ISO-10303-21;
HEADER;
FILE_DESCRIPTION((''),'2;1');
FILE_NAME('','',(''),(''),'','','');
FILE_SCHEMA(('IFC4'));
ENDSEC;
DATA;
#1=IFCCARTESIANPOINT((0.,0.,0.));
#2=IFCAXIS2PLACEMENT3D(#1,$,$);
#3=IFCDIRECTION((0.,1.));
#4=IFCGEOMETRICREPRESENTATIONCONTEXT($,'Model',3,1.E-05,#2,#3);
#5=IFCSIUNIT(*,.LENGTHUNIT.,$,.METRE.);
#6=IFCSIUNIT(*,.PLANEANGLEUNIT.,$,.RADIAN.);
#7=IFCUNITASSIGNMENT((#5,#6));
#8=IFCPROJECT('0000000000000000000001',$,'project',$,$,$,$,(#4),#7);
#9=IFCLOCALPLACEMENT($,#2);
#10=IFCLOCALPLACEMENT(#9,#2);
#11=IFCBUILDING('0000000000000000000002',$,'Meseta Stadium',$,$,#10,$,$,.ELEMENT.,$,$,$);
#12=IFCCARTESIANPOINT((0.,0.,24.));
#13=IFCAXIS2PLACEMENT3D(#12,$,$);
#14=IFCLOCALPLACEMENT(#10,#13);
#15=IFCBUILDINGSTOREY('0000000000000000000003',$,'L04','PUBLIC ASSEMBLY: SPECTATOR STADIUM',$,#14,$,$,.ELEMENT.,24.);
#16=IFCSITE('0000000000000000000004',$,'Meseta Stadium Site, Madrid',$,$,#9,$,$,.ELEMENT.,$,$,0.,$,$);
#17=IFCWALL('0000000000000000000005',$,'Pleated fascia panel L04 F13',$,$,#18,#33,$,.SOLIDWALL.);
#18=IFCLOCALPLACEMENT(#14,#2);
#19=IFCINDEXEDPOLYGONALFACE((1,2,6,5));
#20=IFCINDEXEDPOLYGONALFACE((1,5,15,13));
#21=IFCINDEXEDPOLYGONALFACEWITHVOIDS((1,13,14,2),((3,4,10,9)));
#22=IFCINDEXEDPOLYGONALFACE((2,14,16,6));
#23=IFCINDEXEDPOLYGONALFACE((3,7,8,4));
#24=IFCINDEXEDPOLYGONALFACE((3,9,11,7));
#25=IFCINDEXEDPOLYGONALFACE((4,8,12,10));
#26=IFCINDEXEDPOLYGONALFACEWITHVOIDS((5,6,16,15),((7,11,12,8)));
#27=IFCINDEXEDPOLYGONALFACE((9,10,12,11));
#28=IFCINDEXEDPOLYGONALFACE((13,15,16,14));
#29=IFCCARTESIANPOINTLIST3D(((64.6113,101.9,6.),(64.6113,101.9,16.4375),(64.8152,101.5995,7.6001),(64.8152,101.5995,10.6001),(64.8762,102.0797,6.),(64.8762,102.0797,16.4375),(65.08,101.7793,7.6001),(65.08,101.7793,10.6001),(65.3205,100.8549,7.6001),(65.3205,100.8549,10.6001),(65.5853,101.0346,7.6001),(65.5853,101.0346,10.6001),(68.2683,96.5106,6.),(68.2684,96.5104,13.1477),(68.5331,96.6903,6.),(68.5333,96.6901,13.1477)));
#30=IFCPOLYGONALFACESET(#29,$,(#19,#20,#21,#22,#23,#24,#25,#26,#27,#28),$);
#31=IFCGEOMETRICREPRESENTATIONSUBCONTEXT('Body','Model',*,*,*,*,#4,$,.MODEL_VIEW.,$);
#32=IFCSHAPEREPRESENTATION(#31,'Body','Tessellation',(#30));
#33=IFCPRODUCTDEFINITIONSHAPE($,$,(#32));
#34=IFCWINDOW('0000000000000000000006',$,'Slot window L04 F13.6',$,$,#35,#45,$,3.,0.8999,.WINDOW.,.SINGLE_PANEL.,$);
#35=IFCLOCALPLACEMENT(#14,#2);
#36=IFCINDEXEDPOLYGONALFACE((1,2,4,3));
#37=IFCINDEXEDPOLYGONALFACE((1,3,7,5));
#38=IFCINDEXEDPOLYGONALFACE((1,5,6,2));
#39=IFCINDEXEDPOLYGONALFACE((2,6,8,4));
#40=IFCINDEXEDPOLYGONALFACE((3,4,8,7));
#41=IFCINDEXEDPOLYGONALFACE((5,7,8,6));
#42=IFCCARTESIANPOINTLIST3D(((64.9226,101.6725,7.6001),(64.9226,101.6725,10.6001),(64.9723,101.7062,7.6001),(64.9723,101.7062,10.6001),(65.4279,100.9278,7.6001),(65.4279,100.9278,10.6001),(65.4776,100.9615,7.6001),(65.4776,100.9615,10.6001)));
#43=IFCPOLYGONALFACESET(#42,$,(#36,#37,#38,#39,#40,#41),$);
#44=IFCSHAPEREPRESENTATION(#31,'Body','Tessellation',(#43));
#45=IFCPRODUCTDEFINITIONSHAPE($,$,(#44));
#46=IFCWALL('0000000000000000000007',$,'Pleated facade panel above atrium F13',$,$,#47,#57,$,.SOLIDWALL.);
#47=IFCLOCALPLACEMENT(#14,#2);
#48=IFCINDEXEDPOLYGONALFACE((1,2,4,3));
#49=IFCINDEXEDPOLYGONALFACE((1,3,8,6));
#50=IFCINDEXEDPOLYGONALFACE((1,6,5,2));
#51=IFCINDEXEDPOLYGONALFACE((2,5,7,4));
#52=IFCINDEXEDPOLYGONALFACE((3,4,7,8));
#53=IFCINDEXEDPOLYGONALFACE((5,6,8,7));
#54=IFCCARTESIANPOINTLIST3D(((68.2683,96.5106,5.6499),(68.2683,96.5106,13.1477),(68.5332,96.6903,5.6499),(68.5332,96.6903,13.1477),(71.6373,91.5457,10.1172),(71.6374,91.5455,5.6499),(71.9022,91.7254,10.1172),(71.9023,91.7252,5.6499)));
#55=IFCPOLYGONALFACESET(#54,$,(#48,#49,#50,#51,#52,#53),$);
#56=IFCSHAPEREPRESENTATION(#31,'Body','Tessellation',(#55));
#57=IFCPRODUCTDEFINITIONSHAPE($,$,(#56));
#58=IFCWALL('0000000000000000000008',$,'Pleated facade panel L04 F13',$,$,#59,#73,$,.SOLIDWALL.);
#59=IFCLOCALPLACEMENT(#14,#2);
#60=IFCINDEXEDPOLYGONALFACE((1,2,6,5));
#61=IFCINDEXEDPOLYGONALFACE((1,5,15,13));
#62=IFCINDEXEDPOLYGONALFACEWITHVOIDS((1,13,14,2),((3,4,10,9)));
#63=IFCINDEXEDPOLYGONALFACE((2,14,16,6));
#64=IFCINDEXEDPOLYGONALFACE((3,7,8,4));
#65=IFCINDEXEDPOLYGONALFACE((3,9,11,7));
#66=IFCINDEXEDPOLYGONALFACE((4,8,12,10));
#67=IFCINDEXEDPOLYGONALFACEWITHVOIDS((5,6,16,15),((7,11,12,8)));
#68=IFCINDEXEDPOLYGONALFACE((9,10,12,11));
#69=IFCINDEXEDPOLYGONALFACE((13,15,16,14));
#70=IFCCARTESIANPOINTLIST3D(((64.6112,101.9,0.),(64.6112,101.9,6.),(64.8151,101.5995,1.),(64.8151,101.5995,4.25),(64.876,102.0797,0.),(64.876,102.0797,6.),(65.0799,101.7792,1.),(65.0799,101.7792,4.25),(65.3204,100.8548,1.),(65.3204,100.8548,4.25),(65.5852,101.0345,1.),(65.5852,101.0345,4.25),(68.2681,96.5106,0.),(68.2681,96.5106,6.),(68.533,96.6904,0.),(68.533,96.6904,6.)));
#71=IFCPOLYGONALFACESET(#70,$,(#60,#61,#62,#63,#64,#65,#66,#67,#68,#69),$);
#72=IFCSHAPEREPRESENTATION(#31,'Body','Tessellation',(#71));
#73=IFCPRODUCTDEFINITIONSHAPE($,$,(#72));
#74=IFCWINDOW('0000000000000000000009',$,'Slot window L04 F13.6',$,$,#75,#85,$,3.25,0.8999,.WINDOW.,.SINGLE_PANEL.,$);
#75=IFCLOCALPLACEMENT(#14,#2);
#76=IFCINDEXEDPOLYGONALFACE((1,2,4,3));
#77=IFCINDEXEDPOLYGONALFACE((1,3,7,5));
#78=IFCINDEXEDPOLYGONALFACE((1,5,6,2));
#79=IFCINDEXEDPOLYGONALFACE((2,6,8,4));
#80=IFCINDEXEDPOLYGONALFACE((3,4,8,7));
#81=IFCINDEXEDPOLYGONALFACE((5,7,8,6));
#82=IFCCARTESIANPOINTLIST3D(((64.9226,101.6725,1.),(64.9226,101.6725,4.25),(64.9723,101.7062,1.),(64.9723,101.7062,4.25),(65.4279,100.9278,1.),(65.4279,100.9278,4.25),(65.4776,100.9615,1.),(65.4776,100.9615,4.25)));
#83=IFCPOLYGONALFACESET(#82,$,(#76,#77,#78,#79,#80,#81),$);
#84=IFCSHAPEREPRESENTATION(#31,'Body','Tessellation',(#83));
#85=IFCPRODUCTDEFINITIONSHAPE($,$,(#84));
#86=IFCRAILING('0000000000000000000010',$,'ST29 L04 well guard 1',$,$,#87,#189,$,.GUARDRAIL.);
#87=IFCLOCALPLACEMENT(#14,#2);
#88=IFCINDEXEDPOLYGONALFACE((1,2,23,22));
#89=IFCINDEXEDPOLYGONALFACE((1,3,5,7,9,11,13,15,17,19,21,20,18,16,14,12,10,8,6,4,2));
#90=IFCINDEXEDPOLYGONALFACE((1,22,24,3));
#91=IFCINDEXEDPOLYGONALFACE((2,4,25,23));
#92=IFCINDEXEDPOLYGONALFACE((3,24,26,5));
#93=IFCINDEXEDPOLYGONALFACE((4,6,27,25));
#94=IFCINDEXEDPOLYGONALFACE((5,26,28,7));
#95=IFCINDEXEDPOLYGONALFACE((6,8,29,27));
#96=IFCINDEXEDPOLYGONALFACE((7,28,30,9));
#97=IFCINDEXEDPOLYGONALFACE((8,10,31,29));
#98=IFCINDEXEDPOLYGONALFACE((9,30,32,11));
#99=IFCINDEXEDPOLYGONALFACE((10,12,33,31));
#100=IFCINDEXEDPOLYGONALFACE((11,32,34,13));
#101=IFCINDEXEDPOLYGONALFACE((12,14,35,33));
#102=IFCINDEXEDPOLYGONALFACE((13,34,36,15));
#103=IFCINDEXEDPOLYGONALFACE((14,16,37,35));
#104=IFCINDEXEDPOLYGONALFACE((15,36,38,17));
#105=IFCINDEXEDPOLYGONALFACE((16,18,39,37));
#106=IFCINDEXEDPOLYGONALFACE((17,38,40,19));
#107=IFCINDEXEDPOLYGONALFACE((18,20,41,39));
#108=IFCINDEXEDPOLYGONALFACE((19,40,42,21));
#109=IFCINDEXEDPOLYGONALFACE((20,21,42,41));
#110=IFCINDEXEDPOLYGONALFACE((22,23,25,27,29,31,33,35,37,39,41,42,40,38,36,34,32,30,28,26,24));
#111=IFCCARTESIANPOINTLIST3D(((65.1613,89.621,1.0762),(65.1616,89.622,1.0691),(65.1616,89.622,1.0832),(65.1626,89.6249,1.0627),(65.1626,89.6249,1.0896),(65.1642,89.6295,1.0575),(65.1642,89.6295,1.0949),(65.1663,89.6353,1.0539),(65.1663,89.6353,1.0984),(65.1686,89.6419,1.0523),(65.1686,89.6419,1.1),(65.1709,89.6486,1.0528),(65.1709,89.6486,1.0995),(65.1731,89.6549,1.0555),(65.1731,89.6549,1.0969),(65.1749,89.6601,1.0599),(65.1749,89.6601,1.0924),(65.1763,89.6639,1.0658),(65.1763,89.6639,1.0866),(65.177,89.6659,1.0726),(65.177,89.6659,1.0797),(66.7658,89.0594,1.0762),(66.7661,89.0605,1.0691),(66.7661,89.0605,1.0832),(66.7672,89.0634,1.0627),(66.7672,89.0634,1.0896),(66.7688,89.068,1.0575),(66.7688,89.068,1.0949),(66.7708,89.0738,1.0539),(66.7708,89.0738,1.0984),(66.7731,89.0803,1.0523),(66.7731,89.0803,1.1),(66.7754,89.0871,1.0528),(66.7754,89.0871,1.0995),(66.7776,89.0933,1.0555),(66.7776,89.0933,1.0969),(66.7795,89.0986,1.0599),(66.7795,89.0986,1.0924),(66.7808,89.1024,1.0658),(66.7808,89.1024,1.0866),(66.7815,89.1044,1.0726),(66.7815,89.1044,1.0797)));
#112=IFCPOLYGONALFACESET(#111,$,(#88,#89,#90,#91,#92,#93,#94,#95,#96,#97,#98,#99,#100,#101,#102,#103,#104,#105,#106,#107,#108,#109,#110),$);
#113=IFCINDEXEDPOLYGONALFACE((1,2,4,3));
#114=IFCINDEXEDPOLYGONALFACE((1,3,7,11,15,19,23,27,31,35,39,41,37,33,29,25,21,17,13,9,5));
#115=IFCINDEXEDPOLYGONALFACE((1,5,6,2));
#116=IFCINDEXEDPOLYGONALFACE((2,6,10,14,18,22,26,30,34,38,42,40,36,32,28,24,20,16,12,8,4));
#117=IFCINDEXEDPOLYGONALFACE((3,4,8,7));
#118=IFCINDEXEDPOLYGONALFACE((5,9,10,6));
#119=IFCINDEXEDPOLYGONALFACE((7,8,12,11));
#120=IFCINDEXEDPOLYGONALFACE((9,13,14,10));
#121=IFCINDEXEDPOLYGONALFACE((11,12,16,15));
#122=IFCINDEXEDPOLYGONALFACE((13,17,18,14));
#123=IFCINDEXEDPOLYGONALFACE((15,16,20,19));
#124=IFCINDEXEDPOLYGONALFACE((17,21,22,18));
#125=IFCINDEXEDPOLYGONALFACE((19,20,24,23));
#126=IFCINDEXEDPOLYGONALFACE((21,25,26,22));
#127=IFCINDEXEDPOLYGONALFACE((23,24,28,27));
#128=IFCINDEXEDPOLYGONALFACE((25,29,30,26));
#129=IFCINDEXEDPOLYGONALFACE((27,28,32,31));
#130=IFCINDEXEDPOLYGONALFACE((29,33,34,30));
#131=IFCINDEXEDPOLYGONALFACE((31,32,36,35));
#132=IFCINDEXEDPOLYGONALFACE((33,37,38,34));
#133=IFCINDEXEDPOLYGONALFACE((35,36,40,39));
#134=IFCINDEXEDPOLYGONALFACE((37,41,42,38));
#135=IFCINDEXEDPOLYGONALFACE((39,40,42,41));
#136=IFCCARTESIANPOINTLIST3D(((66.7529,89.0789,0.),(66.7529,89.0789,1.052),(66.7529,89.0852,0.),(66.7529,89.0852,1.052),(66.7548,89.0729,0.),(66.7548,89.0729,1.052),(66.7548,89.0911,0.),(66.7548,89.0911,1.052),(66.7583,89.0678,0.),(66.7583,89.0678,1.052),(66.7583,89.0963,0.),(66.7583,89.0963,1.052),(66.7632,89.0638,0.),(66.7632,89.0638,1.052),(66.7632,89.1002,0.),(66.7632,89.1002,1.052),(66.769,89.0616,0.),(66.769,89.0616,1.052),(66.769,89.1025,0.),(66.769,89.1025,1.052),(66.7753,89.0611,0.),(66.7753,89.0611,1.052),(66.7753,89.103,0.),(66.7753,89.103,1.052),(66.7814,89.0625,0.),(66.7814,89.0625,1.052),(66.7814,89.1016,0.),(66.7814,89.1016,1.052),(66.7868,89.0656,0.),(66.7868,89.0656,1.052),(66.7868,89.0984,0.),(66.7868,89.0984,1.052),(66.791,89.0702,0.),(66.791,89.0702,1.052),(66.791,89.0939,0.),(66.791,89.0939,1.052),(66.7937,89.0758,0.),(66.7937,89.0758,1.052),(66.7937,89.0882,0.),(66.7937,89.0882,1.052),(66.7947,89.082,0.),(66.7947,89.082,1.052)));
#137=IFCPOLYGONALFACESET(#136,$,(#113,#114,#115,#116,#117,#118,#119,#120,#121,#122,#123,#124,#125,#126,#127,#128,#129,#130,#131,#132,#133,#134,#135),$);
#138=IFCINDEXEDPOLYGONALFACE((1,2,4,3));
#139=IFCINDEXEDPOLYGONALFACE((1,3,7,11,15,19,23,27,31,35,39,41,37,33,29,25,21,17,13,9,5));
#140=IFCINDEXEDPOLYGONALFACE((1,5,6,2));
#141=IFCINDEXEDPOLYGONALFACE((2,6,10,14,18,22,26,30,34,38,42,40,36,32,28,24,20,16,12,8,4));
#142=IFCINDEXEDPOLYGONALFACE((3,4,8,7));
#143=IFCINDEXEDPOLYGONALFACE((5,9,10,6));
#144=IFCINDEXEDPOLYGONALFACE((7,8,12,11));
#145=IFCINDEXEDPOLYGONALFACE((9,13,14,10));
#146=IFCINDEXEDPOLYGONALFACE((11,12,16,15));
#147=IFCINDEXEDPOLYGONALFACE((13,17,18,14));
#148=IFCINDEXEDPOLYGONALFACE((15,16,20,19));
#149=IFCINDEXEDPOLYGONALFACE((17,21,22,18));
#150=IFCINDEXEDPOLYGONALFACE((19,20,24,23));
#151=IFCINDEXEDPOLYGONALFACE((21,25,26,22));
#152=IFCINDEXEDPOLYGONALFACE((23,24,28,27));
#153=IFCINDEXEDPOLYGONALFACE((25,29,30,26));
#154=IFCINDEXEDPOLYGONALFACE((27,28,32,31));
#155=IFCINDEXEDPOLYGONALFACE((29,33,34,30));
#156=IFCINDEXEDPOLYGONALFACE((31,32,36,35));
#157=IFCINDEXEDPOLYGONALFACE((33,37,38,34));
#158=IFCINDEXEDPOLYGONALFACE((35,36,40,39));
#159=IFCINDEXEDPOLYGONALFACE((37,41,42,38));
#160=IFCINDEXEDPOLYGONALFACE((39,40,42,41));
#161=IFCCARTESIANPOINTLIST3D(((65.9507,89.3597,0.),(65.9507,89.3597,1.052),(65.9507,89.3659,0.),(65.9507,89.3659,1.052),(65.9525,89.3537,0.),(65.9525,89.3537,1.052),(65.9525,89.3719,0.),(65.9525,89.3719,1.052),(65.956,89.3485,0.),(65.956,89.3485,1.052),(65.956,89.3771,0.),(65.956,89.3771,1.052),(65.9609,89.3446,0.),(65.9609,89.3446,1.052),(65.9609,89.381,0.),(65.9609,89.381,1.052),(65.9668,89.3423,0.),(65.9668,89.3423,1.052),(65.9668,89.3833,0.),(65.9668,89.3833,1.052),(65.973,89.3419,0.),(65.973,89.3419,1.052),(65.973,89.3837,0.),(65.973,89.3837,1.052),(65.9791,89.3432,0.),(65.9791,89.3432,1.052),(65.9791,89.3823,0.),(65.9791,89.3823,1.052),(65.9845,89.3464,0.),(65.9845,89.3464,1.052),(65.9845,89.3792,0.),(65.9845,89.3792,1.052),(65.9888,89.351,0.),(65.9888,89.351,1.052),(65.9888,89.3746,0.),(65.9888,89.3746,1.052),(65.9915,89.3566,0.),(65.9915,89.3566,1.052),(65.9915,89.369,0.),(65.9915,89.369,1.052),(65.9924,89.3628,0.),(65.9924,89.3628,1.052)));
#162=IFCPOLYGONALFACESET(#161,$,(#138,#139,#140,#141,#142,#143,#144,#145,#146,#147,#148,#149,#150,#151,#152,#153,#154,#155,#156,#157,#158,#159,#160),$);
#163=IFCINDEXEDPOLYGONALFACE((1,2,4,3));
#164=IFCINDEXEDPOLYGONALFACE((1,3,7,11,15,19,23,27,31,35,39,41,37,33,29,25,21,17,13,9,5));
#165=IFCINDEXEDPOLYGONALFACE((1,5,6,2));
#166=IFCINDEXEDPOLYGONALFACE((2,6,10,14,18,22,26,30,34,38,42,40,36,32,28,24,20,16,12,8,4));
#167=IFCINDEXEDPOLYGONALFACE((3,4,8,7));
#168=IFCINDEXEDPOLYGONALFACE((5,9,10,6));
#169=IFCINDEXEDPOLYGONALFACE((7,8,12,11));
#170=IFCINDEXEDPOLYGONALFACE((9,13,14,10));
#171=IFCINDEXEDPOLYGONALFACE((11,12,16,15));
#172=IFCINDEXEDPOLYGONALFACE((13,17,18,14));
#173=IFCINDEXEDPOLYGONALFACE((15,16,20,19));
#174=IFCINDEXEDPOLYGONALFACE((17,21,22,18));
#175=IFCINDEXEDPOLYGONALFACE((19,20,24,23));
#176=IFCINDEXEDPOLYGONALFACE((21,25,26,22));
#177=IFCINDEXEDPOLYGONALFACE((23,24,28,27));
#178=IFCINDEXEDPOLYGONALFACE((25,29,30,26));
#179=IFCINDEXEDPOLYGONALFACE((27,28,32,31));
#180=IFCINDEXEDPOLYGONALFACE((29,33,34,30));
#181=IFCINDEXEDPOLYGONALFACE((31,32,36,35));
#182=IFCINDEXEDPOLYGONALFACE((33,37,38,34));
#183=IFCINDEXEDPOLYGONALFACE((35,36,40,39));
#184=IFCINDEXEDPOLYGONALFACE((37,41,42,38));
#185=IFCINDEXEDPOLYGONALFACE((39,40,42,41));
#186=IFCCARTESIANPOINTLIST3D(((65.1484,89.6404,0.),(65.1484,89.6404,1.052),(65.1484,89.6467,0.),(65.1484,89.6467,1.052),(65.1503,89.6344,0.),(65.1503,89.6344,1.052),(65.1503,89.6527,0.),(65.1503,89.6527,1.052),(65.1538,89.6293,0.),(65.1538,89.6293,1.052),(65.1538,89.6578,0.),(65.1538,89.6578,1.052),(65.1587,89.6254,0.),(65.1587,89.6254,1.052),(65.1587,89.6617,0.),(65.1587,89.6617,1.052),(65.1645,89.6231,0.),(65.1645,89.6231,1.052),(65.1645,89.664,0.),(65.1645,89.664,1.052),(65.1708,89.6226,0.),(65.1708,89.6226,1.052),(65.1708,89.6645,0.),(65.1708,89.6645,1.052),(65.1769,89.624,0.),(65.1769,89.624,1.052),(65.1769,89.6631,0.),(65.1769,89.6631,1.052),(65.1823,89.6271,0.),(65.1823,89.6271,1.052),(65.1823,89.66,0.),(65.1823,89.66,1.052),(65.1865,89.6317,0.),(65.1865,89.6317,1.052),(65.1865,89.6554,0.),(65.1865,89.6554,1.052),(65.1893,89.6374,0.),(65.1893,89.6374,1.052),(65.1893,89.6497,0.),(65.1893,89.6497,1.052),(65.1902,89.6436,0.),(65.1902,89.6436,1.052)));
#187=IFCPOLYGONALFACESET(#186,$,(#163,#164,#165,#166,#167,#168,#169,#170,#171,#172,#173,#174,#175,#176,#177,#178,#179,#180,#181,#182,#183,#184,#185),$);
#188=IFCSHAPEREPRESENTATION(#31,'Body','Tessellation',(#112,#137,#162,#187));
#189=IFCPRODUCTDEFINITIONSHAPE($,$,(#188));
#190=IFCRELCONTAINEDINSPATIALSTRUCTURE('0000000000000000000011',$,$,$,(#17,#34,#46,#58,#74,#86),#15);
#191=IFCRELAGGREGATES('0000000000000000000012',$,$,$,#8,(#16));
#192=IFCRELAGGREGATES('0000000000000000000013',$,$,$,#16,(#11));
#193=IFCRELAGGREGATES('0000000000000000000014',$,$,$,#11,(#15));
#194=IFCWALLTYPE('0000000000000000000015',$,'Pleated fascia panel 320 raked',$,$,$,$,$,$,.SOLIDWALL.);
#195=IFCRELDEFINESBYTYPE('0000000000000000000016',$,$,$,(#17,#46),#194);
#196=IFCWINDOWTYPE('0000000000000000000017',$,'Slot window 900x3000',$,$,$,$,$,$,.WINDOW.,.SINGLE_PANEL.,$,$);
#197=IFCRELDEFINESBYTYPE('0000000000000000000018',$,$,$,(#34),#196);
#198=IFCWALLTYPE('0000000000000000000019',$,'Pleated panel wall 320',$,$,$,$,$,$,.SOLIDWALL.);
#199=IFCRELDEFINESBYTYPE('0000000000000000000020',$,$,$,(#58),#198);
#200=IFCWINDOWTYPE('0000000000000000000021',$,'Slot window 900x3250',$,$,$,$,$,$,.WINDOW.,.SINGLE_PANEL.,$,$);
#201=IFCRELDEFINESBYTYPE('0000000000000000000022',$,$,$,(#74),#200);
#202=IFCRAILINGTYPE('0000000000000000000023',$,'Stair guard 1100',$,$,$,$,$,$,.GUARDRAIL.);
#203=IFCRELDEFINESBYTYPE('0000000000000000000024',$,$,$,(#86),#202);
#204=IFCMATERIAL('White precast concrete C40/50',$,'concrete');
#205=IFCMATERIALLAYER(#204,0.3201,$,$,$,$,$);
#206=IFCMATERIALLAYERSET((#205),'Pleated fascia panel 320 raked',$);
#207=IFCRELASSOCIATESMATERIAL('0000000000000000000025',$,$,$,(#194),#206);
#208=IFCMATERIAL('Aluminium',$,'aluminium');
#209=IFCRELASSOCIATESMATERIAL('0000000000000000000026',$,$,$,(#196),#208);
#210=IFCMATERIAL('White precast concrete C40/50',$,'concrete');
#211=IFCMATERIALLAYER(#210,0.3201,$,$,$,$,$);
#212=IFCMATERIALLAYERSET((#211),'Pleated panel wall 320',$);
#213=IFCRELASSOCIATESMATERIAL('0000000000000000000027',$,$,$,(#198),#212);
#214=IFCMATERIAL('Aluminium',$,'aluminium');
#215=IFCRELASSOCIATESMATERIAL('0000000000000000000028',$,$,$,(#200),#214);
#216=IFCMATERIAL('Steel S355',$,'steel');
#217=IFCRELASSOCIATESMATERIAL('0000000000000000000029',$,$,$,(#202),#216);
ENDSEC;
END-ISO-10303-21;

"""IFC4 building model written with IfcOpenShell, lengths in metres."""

from ifc_helpers import new_model, si_unit, direction, frame, frame_2d, origin, origin_2d, place, context, subcontext, project, spatial, polyline, rectangle, circle, outline, extrude, material, layer, layer_set, type_object, element, fill, save


model = new_model("IFC4")

# Units and contexts
model_context = context("Model", 3, precision=1e-05, world=origin(), true_north=direction((0.0, 1.0)))
body_context = subcontext(model_context, "Body", "Model", "MODEL_VIEW")
ifc_project = project(units=[si_unit("LENGTHUNIT", "METRE"), si_unit("PLANEANGLEUNIT", "RADIAN")], contexts=[model_context])

# Site, building, storey
site_placement = place(None, origin())
site = spatial("IfcSite", under=ifc_project, at=site_placement, Name="Meseta Stadium Site, Madrid", CompositionType="ELEMENT", RefElevation=0.0)
building_placement = place(site_placement, origin())
building = spatial("IfcBuilding", under=site, at=building_placement, Name="Meseta Stadium", CompositionType="ELEMENT")
storey_placement = place(building_placement, frame((0.0, 0.0, 24.0)))
storey = spatial("IfcBuildingStorey", under=building, at=storey_placement, Name="L04", Description="PUBLIC ASSEMBLY: SPECTATOR STADIUM", CompositionType="ELEMENT", Elevation=24.0)

# Wall, opening, window
ifc_material_1 = material(Name="White precast concrete C40/50", Category="concrete")
ifc_layer_1 = layer(ifc_material_1, 0.3201)
ifc_layer_set_1 = layer_set([ifc_layer_1], Name="Pleated fascia panel 320 raked")
wall_type_1 = type_object("IfcWallType", Name="Pleated fascia panel 320 raked", PredefinedType="SOLIDWALL", material=ifc_layer_set_1)
wall_1_placement = place(storey_placement, frame((64.7437, 101.9897, 6.0), z_axis=(0.0, 0.0, 1.0), x_axis=(0.56149, -0.827484, 0.0)))
wall_1 = element("IfcWall", 1, at=wall_1_placement, inside=storey, type_object=wall_type_1, Name="Pleated fascia panel L04 F13", PredefinedType="SOLIDWALL", context=body_context, shape_type="SweptSolid", body=[
    extrude(outline(polyline([(0.0, 0.0), (6.5129, 0.0), (6.5132, 7.1477), (0.0, 10.4375), (0.0, 0.0)])), frame((0.0, 0.1602, 0.0), z_axis=(0.0, -1.0, 0.0), x_axis=(1.0, 0.0, 0.0)), (0.0, 0.0, 1.0), 0.3201),
])
opening_1_placement = place(wall_1_placement, frame((0.363, 0.0, 1.6001)))
opening_1 = element("IfcOpeningElement", 2, at=opening_1_placement, cuts=wall_1, PredefinedType="OPENING", context=body_context, shape_type="SweptSolid", body=[
    extrude(rectangle(XDim=0.8999, YDim=3.0, at=frame_2d((0.45, 1.5))), frame((0.0, 0.1699, 0.0), z_axis=(0.0, -1.0, 0.0), x_axis=(1.0, 0.0, 0.0)), (0.0, 0.0, 1.0), 0.3401),
])
ifc_material_2 = material(Name="Aluminium", Category="aluminium")
window_type_1 = type_object("IfcWindowType", Name="Slot window 900x3000", PartitioningType="SINGLE_PANEL", PredefinedType="WINDOW", material=ifc_material_2)
window_1_placement = place(opening_1_placement, origin())
window_1 = element("IfcWindow", 3, at=window_1_placement, inside=storey, type_object=window_type_1, Name="Slot window L04 F13.6", OverallHeight=3.0, OverallWidth=0.8999, PartitioningType="SINGLE_PANEL", PredefinedType="WINDOW", context=body_context, shape_type="SweptSolid", body=[
    extrude(rectangle(XDim=0.8999, YDim=3.0, at=frame_2d((0.45, 1.5))), frame((0.0, 0.03, 0.0), z_axis=(0.0, -1.0, 0.0), x_axis=(1.0, 0.0, 0.0)), (0.0, 0.0, 1.0), 0.0601),
])
fill(opening_1, window_1)

# Wall
wall_2_placement = place(storey_placement, frame((68.4006, 96.6003, 5.6499), z_axis=(0.0, 0.0, 1.0), x_axis=(0.561498, -0.827478, 0.0)))
element("IfcWall", 4, at=wall_2_placement, inside=storey, type_object=wall_type_1, Name="Pleated facade panel above atrium F13", PredefinedType="SOLIDWALL", context=body_context, shape_type="SweptSolid", body=[
    extrude(outline(polyline([(0.0, 0.0), (6.0002, 0.0), (6.0, 4.4673), (0.0, 7.4978), (0.0, 0.0)])), frame((0.0, 0.1602, 0.0), z_axis=(0.0, -1.0, 0.0), x_axis=(1.0, 0.0, 0.0)), (0.0, 0.0, 1.0), 0.3201),
])

# Wall, opening, window
ifc_material_3 = material(Name="White precast concrete C40/50", Category="concrete")
ifc_layer_2 = layer(ifc_material_3, 0.3201)
ifc_layer_set_2 = layer_set([ifc_layer_2], Name="Pleated panel wall 320")
wall_type_2 = type_object("IfcWallType", Name="Pleated panel wall 320", PredefinedType="SOLIDWALL", material=ifc_layer_set_2)
wall_3_placement = place(storey_placement, frame((64.7437, 101.9897, 0.0), z_axis=(0.0, 0.0, 1.0), x_axis=(0.56149, -0.827484, 0.0)))
wall_3 = element("IfcWall", 5, at=wall_3_placement, inside=storey, type_object=wall_type_2, Name="Pleated facade panel L04 F13", PredefinedType="SOLIDWALL", context=body_context, shape_type="SweptSolid", body=[
    extrude(rectangle(XDim=6.5129, YDim=0.3201, at=frame_2d((3.2563, 0.0))), origin(), (0.0, 0.0, 1.0), 6.0),
])
opening_2_placement = place(wall_3_placement, frame((0.363, 0.0, 1.0)))
opening_2 = element("IfcOpeningElement", 6, at=opening_2_placement, cuts=wall_3, PredefinedType="OPENING", context=body_context, shape_type="SweptSolid", body=[
    extrude(rectangle(XDim=0.8999, YDim=3.25, at=frame_2d((0.45, 1.625))), frame((0.0, 0.1699, 0.0), z_axis=(0.0, -1.0, 0.0), x_axis=(1.0, 0.0, 0.0)), (0.0, 0.0, 1.0), 0.3401),
])
ifc_material_4 = material(Name="Aluminium", Category="aluminium")
window_type_2 = type_object("IfcWindowType", Name="Slot window 900x3250", PartitioningType="SINGLE_PANEL", PredefinedType="WINDOW", material=ifc_material_4)
window_2_placement = place(opening_2_placement, origin())
window_2 = element("IfcWindow", 7, at=window_2_placement, inside=storey, type_object=window_type_2, Name="Slot window L04 F13.6", OverallHeight=3.25, OverallWidth=0.8999, PartitioningType="SINGLE_PANEL", PredefinedType="WINDOW", context=body_context, shape_type="SweptSolid", body=[
    extrude(rectangle(XDim=0.8999, YDim=3.25, at=frame_2d((0.45, 1.625))), frame((0.0, 0.03, 0.0), z_axis=(0.0, -1.0, 0.0), x_axis=(1.0, 0.0, 0.0)), (0.0, 0.0, 1.0), 0.0601),
])
fill(opening_2, window_2)

# Railing
ifc_material_5 = material(Name="Steel S355", Category="steel")
railing_type = type_object("IfcRailingType", Name="Stair guard 1100", PredefinedType="GUARDRAIL", material=ifc_material_5)
railing_1_placement = place(storey_placement, frame((66.7737, 89.082, 0.0)))
element("IfcRailing", 8, at=railing_1_placement, inside=storey, type_object=railing_type, Name="ST29 L04 well guard 1", PredefinedType="GUARDRAIL", context=body_context, shape_type="SweptSolid", body=[
    extrude(circle(Radius=0.0239, at=origin_2d()), frame((0.0, 0.0, 1.0762), z_axis=(-0.943867, 0.330325, 0.0), x_axis=(-0.330325, -0.943867, 0.0)), (0.0, 0.0, 1.0), 1.7),
    extrude(circle(Radius=0.021, at=origin_2d()), origin(), (0.0, 0.0, 1.0), 1.052),
    extrude(circle(Radius=0.021, at=origin_2d()), frame((-0.8022, 0.2808, 0.0)), (0.0, 0.0, 1.0), 1.052),
    extrude(circle(Radius=0.021, at=origin_2d()), frame((-1.6045, 0.5615, 0.0)), (0.0, 0.0, 1.0), 1.052),
])

save(model, "model.ifc")
